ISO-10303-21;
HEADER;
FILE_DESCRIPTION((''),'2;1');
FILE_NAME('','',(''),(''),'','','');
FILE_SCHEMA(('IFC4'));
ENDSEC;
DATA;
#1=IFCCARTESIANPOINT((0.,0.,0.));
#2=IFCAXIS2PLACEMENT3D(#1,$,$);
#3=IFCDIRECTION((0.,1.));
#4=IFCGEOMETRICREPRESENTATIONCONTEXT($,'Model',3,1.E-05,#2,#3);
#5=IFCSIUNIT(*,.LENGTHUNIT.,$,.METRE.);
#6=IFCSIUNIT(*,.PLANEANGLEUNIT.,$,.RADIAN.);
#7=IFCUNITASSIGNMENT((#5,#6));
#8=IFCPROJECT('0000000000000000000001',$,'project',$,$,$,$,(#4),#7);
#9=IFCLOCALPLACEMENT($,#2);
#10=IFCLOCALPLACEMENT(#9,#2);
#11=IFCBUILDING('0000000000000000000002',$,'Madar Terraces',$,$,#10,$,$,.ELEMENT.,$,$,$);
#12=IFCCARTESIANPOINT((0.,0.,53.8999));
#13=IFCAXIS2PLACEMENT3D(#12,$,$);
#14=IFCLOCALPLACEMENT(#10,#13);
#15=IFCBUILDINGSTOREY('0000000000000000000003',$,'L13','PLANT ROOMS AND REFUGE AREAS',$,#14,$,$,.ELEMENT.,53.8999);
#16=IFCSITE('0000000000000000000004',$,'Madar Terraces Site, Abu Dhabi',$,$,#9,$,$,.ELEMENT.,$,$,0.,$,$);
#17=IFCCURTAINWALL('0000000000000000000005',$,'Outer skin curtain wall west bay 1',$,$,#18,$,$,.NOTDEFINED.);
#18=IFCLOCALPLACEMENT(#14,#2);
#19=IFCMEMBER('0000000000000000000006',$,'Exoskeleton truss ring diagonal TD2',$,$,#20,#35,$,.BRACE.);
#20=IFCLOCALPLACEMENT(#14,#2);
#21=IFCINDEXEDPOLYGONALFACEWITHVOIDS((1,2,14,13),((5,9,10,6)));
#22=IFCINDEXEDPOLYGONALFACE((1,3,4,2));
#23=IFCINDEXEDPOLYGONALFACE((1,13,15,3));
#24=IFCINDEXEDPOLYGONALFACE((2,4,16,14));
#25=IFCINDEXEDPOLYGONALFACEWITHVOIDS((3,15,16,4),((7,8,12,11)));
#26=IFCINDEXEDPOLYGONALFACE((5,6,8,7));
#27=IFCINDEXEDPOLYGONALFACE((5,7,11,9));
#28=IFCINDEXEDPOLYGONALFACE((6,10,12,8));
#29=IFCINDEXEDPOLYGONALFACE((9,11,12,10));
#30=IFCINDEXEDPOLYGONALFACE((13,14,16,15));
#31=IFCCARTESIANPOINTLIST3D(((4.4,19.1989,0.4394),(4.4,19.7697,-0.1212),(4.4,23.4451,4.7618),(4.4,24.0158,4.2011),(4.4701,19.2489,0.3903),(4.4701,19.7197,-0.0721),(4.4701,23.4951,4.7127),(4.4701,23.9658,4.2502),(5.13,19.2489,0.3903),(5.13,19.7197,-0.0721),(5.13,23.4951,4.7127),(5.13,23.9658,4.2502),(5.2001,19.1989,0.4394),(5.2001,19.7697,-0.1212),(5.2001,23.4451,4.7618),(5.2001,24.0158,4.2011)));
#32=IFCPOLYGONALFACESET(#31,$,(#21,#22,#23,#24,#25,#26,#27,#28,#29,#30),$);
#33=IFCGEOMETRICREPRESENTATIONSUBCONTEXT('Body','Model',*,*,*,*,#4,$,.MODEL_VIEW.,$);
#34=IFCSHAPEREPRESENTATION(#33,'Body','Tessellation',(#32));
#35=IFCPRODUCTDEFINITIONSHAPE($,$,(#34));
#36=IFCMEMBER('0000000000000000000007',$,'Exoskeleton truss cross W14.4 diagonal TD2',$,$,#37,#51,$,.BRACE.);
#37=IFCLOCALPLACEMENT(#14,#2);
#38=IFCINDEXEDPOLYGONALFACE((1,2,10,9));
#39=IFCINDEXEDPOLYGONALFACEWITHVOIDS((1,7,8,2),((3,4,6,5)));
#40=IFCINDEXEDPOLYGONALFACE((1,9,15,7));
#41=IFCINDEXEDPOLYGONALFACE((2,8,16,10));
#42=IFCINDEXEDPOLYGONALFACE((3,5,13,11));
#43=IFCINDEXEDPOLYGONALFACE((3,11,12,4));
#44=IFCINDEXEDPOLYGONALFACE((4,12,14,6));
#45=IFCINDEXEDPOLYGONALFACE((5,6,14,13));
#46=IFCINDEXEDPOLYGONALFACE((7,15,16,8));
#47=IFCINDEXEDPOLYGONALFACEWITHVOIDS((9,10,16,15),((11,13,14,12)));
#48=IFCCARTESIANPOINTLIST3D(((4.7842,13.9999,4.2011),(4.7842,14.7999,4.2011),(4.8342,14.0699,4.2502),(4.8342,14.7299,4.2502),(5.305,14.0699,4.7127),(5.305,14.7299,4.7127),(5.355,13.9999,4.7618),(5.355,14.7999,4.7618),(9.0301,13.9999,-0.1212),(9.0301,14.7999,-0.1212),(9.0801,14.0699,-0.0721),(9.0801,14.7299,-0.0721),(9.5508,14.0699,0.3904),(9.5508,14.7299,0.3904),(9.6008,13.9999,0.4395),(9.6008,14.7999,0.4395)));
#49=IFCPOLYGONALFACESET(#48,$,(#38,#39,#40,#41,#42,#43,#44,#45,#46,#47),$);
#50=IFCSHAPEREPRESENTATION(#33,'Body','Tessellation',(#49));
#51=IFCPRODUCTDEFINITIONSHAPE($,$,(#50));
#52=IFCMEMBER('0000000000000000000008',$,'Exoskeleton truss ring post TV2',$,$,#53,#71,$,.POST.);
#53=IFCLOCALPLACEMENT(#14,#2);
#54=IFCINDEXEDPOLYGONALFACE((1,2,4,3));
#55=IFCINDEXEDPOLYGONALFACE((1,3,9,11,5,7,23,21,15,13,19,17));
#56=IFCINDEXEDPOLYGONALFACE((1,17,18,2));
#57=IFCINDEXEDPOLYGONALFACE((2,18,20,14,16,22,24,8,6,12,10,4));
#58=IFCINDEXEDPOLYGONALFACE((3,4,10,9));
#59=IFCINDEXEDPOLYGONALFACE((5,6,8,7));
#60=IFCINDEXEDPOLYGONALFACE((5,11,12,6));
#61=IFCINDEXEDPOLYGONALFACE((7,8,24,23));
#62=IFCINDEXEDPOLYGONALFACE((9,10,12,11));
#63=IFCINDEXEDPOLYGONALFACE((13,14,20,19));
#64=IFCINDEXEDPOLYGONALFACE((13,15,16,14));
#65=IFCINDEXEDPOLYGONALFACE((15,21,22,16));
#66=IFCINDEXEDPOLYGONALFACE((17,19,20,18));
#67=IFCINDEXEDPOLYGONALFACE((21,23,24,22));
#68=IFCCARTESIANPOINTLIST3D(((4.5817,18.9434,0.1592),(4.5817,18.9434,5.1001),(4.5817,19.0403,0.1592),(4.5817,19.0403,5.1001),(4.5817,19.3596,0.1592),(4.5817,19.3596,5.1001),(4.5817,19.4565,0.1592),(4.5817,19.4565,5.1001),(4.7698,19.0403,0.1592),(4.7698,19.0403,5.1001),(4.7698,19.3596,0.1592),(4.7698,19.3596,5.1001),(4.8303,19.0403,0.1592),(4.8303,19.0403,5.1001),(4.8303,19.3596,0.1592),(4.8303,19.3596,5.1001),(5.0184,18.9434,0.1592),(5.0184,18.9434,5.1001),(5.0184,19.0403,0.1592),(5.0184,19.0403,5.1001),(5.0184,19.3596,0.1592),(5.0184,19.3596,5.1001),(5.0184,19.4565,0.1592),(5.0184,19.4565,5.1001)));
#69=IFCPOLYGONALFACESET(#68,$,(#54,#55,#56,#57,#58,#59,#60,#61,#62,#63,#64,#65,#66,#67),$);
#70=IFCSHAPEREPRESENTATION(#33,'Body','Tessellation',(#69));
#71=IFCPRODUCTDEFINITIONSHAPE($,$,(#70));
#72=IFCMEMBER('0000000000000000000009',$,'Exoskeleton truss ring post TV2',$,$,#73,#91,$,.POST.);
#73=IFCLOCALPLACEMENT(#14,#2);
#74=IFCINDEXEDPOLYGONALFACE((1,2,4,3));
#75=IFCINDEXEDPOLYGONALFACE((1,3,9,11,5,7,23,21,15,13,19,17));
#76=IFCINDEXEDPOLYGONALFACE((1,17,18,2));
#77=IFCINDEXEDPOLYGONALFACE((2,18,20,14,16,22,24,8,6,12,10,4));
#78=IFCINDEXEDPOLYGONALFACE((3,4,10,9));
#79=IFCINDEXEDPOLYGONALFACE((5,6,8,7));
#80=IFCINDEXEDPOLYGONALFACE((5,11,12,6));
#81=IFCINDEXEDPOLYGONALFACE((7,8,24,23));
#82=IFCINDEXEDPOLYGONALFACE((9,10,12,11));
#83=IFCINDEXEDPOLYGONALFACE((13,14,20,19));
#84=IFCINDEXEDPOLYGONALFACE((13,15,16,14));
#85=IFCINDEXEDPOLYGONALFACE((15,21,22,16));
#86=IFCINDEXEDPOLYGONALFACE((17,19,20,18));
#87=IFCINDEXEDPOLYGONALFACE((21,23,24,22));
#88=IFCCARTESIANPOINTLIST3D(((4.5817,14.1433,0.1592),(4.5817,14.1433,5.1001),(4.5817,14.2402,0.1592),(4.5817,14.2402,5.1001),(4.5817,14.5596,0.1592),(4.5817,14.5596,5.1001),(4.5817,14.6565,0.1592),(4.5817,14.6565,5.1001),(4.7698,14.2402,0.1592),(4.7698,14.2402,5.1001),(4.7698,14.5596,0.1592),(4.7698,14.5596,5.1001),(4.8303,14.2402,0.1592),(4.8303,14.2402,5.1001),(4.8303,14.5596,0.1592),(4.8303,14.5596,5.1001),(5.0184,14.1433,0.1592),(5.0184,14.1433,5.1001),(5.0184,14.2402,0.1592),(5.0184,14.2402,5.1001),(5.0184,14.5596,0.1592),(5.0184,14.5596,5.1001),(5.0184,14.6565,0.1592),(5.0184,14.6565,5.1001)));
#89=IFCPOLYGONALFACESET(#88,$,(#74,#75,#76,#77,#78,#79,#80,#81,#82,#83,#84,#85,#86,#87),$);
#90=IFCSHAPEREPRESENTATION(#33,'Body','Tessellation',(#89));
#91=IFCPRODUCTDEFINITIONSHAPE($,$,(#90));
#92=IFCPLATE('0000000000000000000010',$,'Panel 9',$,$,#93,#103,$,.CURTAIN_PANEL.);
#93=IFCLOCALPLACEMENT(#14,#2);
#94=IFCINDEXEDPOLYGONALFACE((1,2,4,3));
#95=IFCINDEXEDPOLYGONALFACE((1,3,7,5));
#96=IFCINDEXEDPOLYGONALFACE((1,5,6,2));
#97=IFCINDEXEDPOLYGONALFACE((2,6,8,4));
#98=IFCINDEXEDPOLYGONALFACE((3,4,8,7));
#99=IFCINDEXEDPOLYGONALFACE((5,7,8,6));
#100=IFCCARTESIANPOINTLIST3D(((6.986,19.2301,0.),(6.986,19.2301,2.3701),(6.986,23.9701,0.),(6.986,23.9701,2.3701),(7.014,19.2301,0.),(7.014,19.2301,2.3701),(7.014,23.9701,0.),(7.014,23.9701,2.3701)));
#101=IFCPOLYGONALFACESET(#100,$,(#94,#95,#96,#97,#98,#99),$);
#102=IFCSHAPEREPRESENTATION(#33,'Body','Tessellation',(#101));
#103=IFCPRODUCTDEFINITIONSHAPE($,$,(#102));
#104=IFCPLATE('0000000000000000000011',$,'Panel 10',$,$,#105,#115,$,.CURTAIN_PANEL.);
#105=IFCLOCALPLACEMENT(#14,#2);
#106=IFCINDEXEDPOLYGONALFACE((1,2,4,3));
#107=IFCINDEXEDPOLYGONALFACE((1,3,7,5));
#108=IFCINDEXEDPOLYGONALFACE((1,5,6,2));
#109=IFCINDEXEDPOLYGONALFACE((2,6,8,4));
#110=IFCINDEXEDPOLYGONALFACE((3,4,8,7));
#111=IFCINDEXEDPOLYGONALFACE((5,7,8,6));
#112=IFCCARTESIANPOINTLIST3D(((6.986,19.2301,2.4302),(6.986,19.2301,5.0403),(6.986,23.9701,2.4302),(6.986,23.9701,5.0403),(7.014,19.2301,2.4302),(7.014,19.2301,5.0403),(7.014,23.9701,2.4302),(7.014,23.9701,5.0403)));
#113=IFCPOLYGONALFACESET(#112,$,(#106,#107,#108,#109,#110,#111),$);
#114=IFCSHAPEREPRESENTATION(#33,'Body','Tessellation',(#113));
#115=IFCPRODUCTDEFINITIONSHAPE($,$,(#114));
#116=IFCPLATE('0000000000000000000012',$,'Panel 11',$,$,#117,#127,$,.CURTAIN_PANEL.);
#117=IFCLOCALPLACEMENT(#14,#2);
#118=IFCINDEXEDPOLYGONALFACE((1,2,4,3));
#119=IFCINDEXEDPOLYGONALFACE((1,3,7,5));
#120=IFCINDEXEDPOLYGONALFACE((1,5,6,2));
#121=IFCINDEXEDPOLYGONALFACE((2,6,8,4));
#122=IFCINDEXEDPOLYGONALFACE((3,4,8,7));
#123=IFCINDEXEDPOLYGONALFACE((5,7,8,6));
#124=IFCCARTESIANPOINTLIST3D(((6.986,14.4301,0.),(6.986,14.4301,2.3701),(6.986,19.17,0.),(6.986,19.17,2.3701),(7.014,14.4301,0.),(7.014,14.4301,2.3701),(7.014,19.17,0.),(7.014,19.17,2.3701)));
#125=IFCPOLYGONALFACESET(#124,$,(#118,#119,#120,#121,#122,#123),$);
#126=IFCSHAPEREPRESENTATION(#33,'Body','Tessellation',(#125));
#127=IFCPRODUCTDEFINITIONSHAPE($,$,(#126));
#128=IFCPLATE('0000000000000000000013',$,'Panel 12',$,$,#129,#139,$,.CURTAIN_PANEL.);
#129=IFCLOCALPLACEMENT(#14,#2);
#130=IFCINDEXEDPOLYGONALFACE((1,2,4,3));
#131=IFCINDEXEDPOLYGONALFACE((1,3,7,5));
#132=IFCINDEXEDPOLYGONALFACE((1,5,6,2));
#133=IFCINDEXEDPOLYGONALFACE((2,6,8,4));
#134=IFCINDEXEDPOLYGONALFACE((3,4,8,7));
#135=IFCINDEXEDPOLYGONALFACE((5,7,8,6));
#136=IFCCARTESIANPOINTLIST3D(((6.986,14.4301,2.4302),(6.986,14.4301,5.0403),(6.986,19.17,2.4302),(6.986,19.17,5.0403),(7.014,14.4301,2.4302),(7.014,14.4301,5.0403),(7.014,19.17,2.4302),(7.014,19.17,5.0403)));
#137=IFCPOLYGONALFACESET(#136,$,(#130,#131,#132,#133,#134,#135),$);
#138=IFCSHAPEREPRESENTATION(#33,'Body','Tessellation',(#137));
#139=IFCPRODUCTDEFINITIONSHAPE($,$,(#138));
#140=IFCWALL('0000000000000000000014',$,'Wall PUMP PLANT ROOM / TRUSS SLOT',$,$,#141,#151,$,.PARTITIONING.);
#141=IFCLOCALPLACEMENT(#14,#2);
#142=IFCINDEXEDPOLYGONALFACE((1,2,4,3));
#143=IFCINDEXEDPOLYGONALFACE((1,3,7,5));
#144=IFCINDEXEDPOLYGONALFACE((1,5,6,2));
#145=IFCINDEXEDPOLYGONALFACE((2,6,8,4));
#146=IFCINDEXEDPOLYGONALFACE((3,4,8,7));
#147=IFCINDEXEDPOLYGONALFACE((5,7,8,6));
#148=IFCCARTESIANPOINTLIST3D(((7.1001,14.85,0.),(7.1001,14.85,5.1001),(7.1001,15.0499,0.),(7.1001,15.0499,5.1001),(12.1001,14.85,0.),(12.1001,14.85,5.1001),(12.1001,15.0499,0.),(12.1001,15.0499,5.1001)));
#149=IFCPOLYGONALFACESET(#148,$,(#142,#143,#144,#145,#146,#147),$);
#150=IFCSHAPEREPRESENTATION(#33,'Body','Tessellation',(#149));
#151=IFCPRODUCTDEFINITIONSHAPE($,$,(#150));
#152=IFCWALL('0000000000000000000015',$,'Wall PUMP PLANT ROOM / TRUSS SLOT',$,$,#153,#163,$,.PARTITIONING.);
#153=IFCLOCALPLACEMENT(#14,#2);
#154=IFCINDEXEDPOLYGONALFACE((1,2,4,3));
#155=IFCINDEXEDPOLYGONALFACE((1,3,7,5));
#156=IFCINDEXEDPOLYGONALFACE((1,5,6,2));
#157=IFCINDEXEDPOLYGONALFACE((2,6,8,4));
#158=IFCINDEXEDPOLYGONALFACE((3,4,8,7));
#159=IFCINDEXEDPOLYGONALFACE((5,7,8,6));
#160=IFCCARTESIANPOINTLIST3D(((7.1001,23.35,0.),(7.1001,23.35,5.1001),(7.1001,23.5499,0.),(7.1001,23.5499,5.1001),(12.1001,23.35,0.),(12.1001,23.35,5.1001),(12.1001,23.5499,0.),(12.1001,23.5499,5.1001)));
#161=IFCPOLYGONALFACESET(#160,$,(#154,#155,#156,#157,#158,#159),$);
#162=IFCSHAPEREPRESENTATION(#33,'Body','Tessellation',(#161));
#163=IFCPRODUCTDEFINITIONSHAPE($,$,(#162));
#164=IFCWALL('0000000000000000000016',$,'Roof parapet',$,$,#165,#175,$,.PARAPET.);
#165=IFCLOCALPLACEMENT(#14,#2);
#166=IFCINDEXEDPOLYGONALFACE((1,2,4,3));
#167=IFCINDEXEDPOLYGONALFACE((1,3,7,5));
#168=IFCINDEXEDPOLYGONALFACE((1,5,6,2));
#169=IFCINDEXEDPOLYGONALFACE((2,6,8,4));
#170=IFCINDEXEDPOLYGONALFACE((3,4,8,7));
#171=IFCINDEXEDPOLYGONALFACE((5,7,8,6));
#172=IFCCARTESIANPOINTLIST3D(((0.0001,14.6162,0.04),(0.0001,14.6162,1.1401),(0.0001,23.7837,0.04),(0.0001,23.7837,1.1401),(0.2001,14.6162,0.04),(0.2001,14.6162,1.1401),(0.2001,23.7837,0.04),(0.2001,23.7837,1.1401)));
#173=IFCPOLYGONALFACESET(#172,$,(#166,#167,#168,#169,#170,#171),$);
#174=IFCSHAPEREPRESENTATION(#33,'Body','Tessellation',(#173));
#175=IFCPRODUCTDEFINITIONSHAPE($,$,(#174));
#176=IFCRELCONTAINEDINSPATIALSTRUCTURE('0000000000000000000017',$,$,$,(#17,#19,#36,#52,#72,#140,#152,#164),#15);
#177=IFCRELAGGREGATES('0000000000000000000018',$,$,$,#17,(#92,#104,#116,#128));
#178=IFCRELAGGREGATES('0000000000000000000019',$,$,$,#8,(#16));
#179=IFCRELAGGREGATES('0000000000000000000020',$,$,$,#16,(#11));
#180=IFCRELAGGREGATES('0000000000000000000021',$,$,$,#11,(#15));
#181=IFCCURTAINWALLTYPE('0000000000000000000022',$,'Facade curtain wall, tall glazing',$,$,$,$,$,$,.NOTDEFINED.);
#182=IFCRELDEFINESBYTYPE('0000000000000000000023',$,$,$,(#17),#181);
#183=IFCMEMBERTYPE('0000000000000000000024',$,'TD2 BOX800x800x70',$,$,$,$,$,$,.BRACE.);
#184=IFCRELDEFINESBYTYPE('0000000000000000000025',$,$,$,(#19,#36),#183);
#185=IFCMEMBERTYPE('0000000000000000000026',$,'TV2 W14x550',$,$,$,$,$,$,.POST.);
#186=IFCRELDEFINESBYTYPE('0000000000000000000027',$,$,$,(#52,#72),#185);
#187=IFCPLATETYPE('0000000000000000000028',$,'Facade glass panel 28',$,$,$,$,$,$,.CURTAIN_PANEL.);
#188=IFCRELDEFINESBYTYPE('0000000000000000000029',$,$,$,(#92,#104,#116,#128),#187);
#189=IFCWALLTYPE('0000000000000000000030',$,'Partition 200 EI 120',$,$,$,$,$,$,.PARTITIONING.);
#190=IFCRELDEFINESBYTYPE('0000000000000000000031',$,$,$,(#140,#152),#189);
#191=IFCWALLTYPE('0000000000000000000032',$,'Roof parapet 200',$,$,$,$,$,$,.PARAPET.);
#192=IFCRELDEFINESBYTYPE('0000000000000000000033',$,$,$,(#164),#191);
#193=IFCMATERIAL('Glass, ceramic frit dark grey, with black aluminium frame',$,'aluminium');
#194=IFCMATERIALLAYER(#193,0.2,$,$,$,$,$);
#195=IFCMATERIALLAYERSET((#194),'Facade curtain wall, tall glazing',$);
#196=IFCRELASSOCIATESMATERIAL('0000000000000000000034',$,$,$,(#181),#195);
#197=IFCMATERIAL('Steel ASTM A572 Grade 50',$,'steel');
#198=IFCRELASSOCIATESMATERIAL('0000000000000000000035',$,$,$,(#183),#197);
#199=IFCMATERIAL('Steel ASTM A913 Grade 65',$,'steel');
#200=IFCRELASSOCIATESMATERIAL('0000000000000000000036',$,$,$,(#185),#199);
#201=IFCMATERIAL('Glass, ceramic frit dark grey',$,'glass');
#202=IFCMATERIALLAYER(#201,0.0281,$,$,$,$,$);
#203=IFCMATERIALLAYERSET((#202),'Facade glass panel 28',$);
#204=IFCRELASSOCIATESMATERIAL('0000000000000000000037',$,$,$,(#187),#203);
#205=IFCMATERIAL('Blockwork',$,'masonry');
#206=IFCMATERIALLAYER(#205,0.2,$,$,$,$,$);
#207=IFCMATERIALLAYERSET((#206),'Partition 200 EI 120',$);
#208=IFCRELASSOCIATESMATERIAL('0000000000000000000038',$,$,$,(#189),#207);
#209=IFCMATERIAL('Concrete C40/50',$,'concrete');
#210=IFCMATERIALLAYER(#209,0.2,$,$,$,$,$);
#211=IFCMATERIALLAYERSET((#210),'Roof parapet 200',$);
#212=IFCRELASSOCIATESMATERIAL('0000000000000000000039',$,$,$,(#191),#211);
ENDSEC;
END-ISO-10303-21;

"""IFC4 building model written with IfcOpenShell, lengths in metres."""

from ifc_helpers import new_model, si_unit, direction, frame, frame_2d, origin, origin_2d, place, context, subcontext, project, spatial, rectangle, hollow_rectangle, i_section, extrude, material, layer, layer_set, material_profile, profile_set, type_object, element, aggregate, save


model = new_model("IFC4")

# Units and contexts
model_context = context("Model", 3, precision=1e-05, world=origin(), true_north=direction((0.0, 1.0)))
body_context = subcontext(model_context, "Body", "Model", "MODEL_VIEW")
ifc_project = project(units=[si_unit("LENGTHUNIT", "METRE"), si_unit("PLANEANGLEUNIT", "RADIAN")], contexts=[model_context])

# Site, building, storey
site_placement = place(None, origin())
site = spatial("IfcSite", under=ifc_project, at=site_placement, Name="Madar Terraces Site, Abu Dhabi", CompositionType="ELEMENT", RefElevation=0.0)
building_placement = place(site_placement, origin())
building = spatial("IfcBuilding", under=site, at=building_placement, Name="Madar Terraces", CompositionType="ELEMENT")
storey_placement = place(building_placement, frame((0.0, 0.0, 53.8999)))
storey = spatial("IfcBuildingStorey", under=building, at=storey_placement, Name="L13", Description="PLANT ROOMS AND REFUGE AREAS", CompositionType="ELEMENT", Elevation=53.8999)

# Curtain wall
ifc_material_1 = material(Name="Glass, ceramic frit dark grey, with black aluminium frame", Category="aluminium")
ifc_layer_1 = layer(ifc_material_1, 0.2)
ifc_layer_set_1 = layer_set([ifc_layer_1], Name="Facade curtain wall, tall glazing")
curtain_wall_type = type_object("IfcCurtainWallType", Name="Facade curtain wall, tall glazing", PredefinedType="NOTDEFINED", material=ifc_layer_set_1)
curtain_wall_placement = place(storey_placement, origin())
curtain_wall = element("IfcCurtainWall", 1, at=curtain_wall_placement, inside=storey, type_object=curtain_wall_type, Name="Outer skin curtain wall west bay 1", PredefinedType="NOTDEFINED")

# Members
ifc_material_2 = material(Name="Steel ASTM A572 Grade 50", Category="steel")
ifc_material_profile_1 = material_profile(ifc_material_2, hollow_rectangle(XDim=0.8, YDim=0.8, WallThickness=0.0701, at=origin_2d()), Name="BOX800x800x70")
ifc_profile_set_1 = profile_set([ifc_material_profile_1], Name="Steel ASTM A572 Grade 50")
member_type_1 = type_object("IfcMemberType", Name="TD2 BOX800x800x70", PredefinedType="BRACE", material=ifc_profile_set_1)
member_1_placement = place(storey_placement, frame((4.8, 23.7305, 4.4814), z_axis=(0.0, -0.700793, -0.713365), x_axis=(1.0, 0.0, 0.0)))
element("IfcMember", 2, at=member_1_placement, inside=storey, type_object=member_type_1, Name="Exoskeleton truss ring diagonal TD2", PredefinedType="BRACE", context=body_context, shape_type="SweptSolid", body=[
    extrude(hollow_rectangle(XDim=0.8, YDim=0.8, WallThickness=0.0701, at=origin_2d()), origin(), (0.0, 0.0, 1.0), 6.0591),
])
member_2_placement = place(storey_placement, frame((5.0696, 14.3999, 4.4814), z_axis=(0.700772, 0.0, -0.713385), x_axis=(0.0, 1.0, 0.0)))
element("IfcMember", 3, at=member_2_placement, inside=storey, type_object=member_type_1, Name="Exoskeleton truss cross W14.4 diagonal TD2", PredefinedType="BRACE", context=body_context, shape_type="SweptSolid", body=[
    extrude(hollow_rectangle(XDim=0.8, YDim=0.8, WallThickness=0.0701, at=origin_2d()), origin(), (0.0, 0.0, 1.0), 6.0588),
])
ifc_material_3 = material(Name="Steel ASTM A913 Grade 65", Category="steel")
ifc_material_profile_2 = material_profile(ifc_material_3, i_section(OverallWidth=0.4368, OverallDepth=0.5132, WebThickness=0.0605, FlangeThickness=0.0969, at=origin_2d()), Name="W14x550")
ifc_profile_set_2 = profile_set([ifc_material_profile_2], Name="Steel ASTM A913 Grade 65")
member_type_2 = type_object("IfcMemberType", Name="TV2 W14x550", PredefinedType="POST", material=ifc_profile_set_2)
for number, where, z_axis, x_axis, name in (
    (4, (4.8, 19.2, 0.1592), (0.0, 0.0, 1.0), (1.0, 0.0, 0.0), "Exoskeleton truss ring post TV2"),
    (5, (4.8, 14.3999, 0.1592), (0.0, 0.0, 1.0), (1.0, 0.0, 0.0), "Exoskeleton truss ring post TV2"),
):
    element("IfcMember", number, at=place(storey_placement, frame(where, z_axis=z_axis, x_axis=x_axis)), inside=storey, type_object=member_type_2, Name=name, PredefinedType="POST", context=body_context, shape_type="SweptSolid", body=[
        extrude(i_section(OverallWidth=0.4368, OverallDepth=0.5132, WebThickness=0.0605, FlangeThickness=0.0969, at=origin_2d()), origin(), (0.0, 0.0, 1.0), 4.9409),
    ])

# Plates
ifc_material_4 = material(Name="Glass, ceramic frit dark grey", Category="glass")
ifc_layer_2 = layer(ifc_material_4, 0.0281)
ifc_layer_set_2 = layer_set([ifc_layer_2], Name="Facade glass panel 28")
plate_type = type_object("IfcPlateType", Name="Facade glass panel 28", PredefinedType="CURTAIN_PANEL", material=ifc_layer_set_2)
plate_1_placement = place(storey_placement, frame((7.0, 21.6001, 0.0), z_axis=(0.0, 0.0, 1.0), x_axis=(0.0, -1.0, 0.0)))
plate_1 = element("IfcPlate", 6, at=plate_1_placement, type_object=plate_type, Name="Panel 9", PredefinedType="CURTAIN_PANEL", context=body_context, shape_type="SweptSolid", body=[
    extrude(rectangle(XDim=4.74, YDim=0.0281, at=origin_2d()), origin(), (0.0, 0.0, 1.0), 2.3701),
])
plate_2_placement = place(storey_placement, frame((7.0, 21.6001, 2.4302), z_axis=(0.0, 0.0, 1.0), x_axis=(0.0, -1.0, 0.0)))
plate_2 = element("IfcPlate", 7, at=plate_2_placement, type_object=plate_type, Name="Panel 10", PredefinedType="CURTAIN_PANEL", context=body_context, shape_type="SweptSolid", body=[
    extrude(rectangle(XDim=4.74, YDim=0.0281, at=origin_2d()), origin(), (0.0, 0.0, 1.0), 2.6101),
])
plate_3_placement = place(storey_placement, frame((7.0, 16.8, 0.0), z_axis=(0.0, 0.0, 1.0), x_axis=(0.0, -1.0, 0.0)))
plate_3 = element("IfcPlate", 8, at=plate_3_placement, type_object=plate_type, Name="Panel 11", PredefinedType="CURTAIN_PANEL", context=body_context, shape_type="SweptSolid", body=[
    extrude(rectangle(XDim=4.74, YDim=0.0281, at=origin_2d()), origin(), (0.0, 0.0, 1.0), 2.3701),
])
plate_4_placement = place(storey_placement, frame((7.0, 16.8, 2.4302), z_axis=(0.0, 0.0, 1.0), x_axis=(0.0, -1.0, 0.0)))
plate_4 = element("IfcPlate", 9, at=plate_4_placement, type_object=plate_type, Name="Panel 12", PredefinedType="CURTAIN_PANEL", context=body_context, shape_type="SweptSolid", body=[
    extrude(rectangle(XDim=4.74, YDim=0.0281, at=origin_2d()), origin(), (0.0, 0.0, 1.0), 2.6101),
])
aggregate(curtain_wall, [plate_1, plate_2, plate_3, plate_4])

# Walls
ifc_material_5 = material(Name="Blockwork", Category="masonry")
ifc_layer_3 = layer(ifc_material_5, 0.2)
ifc_layer_set_3 = layer_set([ifc_layer_3], Name="Partition 200 EI 120")
wall_type_1 = type_object("IfcWallType", Name="Partition 200 EI 120", PredefinedType="PARTITIONING", material=ifc_layer_set_3)
for number, where, z_axis, x_axis, name in (
    (10, (7.1001, 14.95, 0.0), (0.0, 0.0, 1.0), (1.0, 0.0, 0.0), "Wall PUMP PLANT ROOM / TRUSS SLOT"),
    (11, (7.1001, 23.45, 0.0), (0.0, 0.0, 1.0), (1.0, 0.0, 0.0), "Wall PUMP PLANT ROOM / TRUSS SLOT"),
):
    element("IfcWall", number, at=place(storey_placement, frame(where, z_axis=z_axis, x_axis=x_axis)), inside=storey, type_object=wall_type_1, Name=name, PredefinedType="PARTITIONING", context=body_context, shape_type="SweptSolid", body=[
        extrude(rectangle(XDim=5.0, YDim=0.2, at=frame_2d((2.5, 0.0))), origin(), (0.0, 0.0, 1.0), 5.1001),
    ])
ifc_material_6 = material(Name="Concrete C40/50", Category="concrete")
ifc_layer_4 = layer(ifc_material_6, 0.2)
ifc_layer_set_4 = layer_set([ifc_layer_4], Name="Roof parapet 200")
wall_type_2 = type_object("IfcWallType", Name="Roof parapet 200", PredefinedType="PARAPET", material=ifc_layer_set_4)
wall_placement = place(storey_placement, frame((0.1001, 23.7837, 0.04), z_axis=(0.0, 0.0, 1.0), x_axis=(0.0, -1.0, 0.0)))
element("IfcWall", 12, at=wall_placement, inside=storey, type_object=wall_type_2, Name="Roof parapet", PredefinedType="PARAPET", context=body_context, shape_type="SweptSolid", body=[
    extrude(rectangle(XDim=9.1675, YDim=0.2, at=frame_2d((4.5837, 0.0))), origin(), (0.0, 0.0, 1.0), 1.1001),
])

save(model, "model.ifc")
